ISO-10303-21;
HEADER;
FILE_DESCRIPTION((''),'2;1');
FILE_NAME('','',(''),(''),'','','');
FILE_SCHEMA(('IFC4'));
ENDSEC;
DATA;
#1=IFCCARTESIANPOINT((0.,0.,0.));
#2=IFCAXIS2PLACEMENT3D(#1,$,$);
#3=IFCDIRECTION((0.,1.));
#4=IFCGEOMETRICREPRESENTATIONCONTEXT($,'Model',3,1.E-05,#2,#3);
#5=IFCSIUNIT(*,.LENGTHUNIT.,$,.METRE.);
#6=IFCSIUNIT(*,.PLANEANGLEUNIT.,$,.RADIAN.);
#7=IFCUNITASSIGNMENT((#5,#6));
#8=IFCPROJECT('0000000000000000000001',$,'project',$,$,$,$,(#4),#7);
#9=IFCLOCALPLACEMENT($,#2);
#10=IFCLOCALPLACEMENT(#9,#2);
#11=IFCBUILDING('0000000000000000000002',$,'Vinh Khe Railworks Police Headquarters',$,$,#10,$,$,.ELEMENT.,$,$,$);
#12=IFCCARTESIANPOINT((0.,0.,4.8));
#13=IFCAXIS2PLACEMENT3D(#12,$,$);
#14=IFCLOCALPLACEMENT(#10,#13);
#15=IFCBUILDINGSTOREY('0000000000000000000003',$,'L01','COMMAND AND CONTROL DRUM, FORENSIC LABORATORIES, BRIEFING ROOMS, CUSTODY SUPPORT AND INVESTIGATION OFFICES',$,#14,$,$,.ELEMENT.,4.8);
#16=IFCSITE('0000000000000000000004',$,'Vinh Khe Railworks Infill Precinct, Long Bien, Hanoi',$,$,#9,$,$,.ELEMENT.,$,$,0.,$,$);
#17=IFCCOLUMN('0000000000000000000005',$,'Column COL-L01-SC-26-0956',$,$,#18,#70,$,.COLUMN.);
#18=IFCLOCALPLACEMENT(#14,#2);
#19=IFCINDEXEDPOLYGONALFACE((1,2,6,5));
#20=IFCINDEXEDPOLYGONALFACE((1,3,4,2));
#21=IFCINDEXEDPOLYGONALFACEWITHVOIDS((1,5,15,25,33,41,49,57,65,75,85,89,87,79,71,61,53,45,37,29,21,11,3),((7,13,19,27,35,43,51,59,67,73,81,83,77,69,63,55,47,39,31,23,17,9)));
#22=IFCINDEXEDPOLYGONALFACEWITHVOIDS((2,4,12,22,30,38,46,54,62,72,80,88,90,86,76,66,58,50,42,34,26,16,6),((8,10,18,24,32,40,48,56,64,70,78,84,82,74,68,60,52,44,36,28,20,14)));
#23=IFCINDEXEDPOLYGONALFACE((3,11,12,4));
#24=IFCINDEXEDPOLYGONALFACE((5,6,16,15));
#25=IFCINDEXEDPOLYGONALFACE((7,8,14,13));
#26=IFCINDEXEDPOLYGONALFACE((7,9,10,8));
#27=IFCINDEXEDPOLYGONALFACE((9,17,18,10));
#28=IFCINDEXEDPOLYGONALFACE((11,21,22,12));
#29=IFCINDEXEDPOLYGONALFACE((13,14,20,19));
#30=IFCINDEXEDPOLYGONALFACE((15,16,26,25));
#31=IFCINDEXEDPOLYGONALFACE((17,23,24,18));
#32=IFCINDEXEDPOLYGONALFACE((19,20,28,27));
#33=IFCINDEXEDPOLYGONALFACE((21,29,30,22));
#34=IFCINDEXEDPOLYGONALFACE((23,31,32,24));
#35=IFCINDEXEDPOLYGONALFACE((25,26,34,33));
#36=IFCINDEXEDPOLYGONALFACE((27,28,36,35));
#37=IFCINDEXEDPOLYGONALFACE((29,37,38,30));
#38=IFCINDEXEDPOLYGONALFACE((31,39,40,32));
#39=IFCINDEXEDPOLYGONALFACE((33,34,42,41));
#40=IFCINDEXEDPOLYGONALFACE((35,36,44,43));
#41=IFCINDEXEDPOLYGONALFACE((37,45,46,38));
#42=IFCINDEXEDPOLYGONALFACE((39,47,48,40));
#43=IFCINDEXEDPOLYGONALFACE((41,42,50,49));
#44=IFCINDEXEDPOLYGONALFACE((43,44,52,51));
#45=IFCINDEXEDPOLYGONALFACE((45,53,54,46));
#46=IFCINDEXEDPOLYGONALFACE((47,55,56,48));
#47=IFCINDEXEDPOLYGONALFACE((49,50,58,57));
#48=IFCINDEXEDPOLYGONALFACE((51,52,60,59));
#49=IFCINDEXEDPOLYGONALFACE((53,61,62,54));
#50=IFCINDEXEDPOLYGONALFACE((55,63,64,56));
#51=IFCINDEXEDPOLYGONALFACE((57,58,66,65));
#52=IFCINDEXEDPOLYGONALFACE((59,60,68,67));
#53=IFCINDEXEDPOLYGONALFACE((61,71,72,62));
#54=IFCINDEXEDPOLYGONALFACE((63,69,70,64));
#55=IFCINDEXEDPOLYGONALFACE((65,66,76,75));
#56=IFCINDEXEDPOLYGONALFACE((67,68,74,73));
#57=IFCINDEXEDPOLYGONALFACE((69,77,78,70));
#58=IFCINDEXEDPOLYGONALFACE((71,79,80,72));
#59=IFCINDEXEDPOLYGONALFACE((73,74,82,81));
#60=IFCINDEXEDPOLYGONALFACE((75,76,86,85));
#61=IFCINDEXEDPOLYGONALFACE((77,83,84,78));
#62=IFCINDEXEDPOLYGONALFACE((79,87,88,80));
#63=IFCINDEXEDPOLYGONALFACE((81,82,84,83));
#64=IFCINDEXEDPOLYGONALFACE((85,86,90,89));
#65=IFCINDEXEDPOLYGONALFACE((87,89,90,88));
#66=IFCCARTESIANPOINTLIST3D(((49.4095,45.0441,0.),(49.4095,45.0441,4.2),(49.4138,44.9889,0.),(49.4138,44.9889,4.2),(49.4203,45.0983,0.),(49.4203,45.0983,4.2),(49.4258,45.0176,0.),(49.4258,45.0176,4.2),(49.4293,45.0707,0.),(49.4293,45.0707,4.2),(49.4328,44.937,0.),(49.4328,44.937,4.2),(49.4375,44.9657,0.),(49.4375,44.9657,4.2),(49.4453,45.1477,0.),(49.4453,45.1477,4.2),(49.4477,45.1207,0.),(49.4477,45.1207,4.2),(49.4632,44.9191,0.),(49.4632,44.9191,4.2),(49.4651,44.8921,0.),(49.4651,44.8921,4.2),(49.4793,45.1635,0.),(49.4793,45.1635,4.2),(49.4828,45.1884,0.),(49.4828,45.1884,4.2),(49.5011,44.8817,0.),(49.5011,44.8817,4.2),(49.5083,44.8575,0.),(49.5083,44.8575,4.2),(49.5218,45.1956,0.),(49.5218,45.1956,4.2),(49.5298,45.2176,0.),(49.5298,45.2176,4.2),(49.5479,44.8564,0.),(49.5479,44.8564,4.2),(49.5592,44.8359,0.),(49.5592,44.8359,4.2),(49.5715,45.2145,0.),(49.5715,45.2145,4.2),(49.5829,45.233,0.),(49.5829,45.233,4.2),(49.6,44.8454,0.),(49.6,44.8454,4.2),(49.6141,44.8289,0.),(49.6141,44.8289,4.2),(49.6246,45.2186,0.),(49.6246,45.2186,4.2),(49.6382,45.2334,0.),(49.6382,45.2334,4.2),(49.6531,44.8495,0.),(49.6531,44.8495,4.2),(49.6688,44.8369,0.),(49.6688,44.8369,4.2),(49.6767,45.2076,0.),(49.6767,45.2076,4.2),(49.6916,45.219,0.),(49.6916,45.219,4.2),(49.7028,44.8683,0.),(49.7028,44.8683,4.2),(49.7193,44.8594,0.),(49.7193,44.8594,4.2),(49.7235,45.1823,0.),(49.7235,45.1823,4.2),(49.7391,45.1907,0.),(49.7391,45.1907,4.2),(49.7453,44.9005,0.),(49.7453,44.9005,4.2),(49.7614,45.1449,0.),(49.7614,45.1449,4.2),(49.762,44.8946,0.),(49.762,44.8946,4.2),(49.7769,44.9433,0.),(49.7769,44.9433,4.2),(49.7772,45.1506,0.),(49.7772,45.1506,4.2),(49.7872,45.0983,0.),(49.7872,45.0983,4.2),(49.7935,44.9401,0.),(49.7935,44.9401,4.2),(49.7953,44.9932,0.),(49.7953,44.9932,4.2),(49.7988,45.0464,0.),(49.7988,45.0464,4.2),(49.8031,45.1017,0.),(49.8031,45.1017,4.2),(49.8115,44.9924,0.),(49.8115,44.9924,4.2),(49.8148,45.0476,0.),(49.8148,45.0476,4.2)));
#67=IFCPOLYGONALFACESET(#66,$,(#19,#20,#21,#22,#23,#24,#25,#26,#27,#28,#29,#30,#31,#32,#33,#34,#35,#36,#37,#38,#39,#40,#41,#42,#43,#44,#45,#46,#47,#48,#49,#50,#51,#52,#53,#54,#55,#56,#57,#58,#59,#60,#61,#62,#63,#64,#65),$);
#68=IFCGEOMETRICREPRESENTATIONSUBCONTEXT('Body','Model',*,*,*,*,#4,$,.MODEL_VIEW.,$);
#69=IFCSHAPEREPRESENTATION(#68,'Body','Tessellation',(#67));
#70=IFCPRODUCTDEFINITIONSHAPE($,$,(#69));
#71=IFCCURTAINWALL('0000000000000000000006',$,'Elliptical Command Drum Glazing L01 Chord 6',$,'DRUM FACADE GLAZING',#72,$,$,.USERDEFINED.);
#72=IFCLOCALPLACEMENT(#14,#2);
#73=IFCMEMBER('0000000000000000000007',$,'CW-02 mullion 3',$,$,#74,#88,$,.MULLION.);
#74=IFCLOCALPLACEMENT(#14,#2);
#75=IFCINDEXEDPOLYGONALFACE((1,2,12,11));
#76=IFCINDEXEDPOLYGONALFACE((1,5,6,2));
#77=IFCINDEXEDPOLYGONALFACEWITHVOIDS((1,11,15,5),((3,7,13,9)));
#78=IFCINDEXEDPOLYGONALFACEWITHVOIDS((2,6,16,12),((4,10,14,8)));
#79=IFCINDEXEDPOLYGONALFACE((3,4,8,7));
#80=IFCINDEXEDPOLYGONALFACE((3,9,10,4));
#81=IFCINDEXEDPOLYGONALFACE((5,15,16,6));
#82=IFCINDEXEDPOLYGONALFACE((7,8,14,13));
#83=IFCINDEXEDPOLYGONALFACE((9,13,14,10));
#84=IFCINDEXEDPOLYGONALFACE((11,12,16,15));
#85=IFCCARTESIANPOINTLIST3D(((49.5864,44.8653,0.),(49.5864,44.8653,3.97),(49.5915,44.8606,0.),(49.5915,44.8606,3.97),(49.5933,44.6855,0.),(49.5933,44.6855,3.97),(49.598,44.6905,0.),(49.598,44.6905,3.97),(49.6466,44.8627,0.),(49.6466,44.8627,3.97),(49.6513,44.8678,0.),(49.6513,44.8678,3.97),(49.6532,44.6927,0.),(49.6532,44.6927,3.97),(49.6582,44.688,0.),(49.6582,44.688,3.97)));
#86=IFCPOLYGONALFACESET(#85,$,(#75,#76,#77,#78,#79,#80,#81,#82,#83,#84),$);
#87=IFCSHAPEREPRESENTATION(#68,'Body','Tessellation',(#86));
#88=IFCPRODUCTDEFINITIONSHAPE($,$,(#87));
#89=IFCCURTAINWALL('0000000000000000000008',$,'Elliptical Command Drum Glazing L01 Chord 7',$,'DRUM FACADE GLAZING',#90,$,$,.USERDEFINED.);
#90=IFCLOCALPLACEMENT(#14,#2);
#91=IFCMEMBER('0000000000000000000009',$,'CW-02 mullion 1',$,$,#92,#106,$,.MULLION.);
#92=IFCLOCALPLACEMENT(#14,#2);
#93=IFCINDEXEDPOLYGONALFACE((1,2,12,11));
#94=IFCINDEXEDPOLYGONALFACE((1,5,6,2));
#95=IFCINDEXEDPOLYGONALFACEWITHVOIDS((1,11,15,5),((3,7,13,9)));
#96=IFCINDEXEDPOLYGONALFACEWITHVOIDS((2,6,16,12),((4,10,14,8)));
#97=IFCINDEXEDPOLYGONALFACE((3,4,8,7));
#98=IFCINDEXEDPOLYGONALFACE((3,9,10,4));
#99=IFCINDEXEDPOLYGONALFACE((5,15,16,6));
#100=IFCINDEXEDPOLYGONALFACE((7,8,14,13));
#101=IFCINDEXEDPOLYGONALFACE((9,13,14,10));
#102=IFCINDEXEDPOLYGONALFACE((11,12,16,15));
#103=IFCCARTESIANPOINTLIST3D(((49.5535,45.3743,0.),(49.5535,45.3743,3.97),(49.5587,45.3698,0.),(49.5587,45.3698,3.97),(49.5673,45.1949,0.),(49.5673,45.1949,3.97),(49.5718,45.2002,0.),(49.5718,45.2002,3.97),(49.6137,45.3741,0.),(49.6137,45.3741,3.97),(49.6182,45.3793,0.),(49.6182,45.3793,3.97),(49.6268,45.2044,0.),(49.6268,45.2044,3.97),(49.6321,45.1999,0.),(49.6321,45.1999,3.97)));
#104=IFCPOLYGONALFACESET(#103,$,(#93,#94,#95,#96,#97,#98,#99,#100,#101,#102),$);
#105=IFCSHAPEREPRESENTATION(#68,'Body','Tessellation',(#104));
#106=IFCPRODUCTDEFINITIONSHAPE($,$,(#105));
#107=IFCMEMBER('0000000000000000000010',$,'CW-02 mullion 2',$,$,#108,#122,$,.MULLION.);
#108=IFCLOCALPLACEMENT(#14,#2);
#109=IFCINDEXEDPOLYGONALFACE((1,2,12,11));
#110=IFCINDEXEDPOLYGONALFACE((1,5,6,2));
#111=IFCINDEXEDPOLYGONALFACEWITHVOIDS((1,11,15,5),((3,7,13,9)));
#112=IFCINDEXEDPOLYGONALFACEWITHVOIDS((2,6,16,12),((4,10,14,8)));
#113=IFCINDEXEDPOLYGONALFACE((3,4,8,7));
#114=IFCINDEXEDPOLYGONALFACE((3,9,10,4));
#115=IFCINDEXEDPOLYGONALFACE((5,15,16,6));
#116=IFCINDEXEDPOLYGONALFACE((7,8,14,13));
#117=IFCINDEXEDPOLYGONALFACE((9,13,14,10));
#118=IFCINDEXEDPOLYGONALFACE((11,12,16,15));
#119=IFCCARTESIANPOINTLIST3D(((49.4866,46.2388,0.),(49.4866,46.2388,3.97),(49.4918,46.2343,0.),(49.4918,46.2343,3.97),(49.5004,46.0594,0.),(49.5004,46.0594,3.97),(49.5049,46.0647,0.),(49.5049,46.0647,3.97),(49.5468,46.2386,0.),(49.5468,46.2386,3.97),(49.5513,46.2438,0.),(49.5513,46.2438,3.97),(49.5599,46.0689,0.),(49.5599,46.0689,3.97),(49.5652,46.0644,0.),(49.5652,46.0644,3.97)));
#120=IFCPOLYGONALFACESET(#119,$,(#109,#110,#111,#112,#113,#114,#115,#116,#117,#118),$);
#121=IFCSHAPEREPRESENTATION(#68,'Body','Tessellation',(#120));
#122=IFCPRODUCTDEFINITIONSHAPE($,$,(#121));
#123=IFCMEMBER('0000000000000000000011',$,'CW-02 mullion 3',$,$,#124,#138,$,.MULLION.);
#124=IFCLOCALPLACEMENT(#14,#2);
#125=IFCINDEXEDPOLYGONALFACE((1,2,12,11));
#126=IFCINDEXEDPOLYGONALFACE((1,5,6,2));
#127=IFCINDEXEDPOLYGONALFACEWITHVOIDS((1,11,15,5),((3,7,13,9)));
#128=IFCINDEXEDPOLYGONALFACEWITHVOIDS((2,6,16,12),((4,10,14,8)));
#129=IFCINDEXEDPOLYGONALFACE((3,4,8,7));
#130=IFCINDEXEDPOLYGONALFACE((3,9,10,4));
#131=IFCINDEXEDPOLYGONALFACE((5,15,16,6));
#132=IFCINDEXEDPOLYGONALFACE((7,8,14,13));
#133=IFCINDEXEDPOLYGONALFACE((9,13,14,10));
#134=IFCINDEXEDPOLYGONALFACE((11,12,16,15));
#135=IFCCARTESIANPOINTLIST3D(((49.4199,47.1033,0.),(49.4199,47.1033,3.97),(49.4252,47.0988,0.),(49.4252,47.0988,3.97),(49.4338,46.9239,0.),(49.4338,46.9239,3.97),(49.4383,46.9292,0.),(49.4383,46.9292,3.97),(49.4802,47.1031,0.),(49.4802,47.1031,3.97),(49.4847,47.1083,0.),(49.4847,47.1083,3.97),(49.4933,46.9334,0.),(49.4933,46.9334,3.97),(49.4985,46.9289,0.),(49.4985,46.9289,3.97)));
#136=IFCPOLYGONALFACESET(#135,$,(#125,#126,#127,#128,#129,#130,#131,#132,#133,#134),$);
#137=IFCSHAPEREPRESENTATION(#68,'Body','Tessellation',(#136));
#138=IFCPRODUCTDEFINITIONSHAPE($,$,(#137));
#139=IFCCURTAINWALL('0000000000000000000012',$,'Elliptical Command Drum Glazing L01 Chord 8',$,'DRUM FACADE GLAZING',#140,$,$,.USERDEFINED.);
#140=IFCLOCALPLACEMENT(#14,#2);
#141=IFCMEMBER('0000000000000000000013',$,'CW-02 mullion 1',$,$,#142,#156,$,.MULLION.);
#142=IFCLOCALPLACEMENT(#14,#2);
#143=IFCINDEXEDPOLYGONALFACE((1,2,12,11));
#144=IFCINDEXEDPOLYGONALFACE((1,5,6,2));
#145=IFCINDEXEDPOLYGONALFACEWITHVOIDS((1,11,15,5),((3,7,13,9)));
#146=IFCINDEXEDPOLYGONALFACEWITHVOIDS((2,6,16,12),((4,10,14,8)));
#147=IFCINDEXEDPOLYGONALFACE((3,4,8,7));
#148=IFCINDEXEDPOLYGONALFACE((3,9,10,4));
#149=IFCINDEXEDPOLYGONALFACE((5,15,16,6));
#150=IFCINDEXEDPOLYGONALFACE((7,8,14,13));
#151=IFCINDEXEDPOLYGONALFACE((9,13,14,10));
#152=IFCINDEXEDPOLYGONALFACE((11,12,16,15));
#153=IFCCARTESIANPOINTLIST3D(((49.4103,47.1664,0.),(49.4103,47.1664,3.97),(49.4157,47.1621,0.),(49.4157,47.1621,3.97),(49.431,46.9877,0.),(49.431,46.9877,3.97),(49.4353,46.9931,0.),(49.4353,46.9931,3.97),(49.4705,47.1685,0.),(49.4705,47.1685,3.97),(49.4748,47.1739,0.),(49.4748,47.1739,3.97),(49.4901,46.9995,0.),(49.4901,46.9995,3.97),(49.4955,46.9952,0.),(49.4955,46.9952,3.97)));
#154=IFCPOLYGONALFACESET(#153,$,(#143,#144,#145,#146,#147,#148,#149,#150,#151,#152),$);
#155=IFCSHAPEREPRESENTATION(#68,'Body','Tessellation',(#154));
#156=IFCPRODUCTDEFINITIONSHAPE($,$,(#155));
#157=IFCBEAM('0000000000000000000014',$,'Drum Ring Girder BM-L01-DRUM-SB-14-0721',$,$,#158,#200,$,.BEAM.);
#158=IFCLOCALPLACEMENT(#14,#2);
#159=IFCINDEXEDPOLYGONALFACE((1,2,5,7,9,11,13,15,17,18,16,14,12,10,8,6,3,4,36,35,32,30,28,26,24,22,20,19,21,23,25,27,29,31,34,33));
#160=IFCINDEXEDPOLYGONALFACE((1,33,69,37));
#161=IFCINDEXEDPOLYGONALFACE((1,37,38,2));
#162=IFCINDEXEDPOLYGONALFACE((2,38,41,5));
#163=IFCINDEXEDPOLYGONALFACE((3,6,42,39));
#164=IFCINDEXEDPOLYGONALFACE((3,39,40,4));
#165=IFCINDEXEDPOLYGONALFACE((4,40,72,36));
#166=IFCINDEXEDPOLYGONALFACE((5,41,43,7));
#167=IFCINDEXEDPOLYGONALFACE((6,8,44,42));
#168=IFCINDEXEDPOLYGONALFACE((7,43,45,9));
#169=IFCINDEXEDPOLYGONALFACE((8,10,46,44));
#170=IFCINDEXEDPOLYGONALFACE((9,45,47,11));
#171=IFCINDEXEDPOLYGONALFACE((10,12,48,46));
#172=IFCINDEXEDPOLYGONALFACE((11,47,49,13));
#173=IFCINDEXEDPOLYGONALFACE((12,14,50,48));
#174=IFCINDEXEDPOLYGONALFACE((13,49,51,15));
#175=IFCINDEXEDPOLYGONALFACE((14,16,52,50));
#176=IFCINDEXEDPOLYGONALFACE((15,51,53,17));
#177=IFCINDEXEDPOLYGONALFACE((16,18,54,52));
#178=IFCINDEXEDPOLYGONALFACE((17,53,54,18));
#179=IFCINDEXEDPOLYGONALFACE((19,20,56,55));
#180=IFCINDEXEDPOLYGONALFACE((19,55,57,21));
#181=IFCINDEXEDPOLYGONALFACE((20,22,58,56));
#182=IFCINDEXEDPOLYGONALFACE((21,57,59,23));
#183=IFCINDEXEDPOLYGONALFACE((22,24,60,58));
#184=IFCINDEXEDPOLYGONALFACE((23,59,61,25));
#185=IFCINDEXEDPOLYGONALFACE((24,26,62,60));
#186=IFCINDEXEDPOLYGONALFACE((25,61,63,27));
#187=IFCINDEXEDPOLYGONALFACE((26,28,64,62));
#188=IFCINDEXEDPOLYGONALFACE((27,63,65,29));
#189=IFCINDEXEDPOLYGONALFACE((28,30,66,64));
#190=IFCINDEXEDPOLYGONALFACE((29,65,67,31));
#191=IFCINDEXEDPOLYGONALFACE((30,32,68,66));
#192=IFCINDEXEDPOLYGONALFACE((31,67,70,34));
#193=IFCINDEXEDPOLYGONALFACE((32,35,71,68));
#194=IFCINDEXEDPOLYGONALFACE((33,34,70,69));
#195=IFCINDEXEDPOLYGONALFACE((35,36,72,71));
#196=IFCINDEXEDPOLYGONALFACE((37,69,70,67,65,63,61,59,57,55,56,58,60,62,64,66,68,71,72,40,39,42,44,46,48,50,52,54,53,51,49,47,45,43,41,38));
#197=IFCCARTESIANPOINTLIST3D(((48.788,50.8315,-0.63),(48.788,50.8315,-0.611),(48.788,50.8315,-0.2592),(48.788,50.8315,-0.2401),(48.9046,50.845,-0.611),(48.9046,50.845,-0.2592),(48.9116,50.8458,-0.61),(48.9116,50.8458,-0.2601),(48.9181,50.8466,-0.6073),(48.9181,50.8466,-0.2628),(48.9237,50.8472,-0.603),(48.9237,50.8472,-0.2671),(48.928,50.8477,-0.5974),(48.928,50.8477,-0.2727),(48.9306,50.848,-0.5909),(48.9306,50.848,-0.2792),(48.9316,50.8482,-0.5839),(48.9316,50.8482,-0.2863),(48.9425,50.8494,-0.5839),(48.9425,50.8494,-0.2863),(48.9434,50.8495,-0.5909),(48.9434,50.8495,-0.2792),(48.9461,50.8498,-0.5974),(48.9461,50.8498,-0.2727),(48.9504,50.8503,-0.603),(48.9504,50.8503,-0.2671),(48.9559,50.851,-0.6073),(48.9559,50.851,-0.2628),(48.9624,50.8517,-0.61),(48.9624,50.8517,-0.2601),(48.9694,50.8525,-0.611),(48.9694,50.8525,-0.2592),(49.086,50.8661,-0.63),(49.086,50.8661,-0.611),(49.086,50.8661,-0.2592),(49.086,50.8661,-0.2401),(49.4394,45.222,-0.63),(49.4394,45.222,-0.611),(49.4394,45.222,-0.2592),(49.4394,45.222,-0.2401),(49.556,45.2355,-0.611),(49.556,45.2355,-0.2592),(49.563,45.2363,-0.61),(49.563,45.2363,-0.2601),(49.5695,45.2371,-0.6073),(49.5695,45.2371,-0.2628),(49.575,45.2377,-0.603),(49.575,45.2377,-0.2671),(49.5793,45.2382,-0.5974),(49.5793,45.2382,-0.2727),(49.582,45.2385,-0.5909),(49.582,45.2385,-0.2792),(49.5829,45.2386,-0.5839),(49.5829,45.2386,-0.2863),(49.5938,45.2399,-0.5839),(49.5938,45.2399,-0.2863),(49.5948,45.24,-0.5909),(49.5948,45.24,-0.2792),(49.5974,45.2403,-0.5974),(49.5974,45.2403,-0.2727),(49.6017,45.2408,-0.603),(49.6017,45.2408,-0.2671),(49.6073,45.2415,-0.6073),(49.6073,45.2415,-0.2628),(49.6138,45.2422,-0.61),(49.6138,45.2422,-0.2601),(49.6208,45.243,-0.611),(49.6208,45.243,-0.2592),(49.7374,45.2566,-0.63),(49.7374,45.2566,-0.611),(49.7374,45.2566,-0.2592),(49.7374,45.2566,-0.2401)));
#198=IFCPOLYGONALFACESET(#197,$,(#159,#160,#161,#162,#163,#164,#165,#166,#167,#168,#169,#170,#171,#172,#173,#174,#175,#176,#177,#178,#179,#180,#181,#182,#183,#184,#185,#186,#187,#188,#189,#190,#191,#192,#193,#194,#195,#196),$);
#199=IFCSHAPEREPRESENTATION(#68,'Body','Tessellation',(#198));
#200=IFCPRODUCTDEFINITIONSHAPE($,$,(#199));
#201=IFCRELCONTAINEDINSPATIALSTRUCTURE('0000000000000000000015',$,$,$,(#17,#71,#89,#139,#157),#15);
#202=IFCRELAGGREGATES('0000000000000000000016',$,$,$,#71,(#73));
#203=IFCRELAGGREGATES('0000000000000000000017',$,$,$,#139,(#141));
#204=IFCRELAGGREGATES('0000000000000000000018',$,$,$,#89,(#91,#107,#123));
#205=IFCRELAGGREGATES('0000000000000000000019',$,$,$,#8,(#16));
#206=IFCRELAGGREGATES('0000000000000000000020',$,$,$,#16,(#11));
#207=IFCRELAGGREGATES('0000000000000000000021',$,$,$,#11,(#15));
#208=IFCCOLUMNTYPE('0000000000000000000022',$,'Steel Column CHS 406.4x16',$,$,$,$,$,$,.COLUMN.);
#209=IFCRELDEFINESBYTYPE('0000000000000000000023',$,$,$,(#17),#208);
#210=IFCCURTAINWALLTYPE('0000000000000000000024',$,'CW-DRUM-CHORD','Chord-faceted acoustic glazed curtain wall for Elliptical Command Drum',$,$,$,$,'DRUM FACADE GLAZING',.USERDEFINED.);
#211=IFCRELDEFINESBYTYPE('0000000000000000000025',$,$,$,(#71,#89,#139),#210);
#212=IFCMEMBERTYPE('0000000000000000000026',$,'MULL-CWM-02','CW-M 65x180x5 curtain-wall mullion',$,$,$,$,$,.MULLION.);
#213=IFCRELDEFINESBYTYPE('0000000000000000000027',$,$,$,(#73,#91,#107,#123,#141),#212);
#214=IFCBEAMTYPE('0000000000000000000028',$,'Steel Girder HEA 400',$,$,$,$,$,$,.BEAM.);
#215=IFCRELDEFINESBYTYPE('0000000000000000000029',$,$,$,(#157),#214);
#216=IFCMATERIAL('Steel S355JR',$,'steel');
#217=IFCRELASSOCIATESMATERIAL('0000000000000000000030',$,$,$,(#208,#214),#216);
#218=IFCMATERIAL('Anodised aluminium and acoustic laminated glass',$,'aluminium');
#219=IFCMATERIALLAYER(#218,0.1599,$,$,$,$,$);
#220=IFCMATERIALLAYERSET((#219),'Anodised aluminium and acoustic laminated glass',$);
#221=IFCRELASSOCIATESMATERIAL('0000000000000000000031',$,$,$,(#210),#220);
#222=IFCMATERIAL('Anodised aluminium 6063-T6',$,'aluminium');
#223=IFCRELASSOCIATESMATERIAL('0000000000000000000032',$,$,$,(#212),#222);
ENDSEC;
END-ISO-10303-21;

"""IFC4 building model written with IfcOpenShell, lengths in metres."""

from ifc_helpers import new_model, si_unit, direction, frame, origin, origin_2d, place, context, subcontext, project, spatial, hollow_rectangle, hollow_circle, i_section, extrude, material, layer, layer_set, material_profile, profile_set, type_object, element, aggregate, save


model = new_model("IFC4")

# Units and contexts
model_context = context("Model", 3, precision=1e-05, world=origin(), true_north=direction((0.0, 1.0)))
body_context = subcontext(model_context, "Body", "Model", "MODEL_VIEW")
ifc_project = project(units=[si_unit("LENGTHUNIT", "METRE"), si_unit("PLANEANGLEUNIT", "RADIAN")], contexts=[model_context])

# Site, building, storey
site_placement = place(None, origin())
site = spatial("IfcSite", under=ifc_project, at=site_placement, Name="Vinh Khe Railworks Infill Precinct, Long Bien, Hanoi", CompositionType="ELEMENT", RefElevation=0.0)
building_placement = place(site_placement, origin())
building = spatial("IfcBuilding", under=site, at=building_placement, Name="Vinh Khe Railworks Police Headquarters", CompositionType="ELEMENT")
storey_placement = place(building_placement, frame((0.0, 0.0, 4.8)))
storey = spatial("IfcBuildingStorey", under=building, at=storey_placement, Name="L01", Description="COMMAND AND CONTROL DRUM, FORENSIC LABORATORIES, BRIEFING ROOMS, CUSTODY SUPPORT AND INVESTIGATION OFFICES", CompositionType="ELEMENT", Elevation=4.8)

# Column
ifc_material_1 = material(Name="Steel S355JR", Category="steel")
ifc_material_profile_1 = material_profile(ifc_material_1, hollow_circle(Radius=0.2031, WallThickness=0.0161, at=origin_2d()), Name="CHS 406.4x16")
ifc_profile_set_1 = profile_set([ifc_material_profile_1], Name="Steel S355JR")
column_type = type_object("IfcColumnType", Name="Steel Column CHS 406.4x16", PredefinedType="COLUMN", material=ifc_profile_set_1)
column_placement = place(storey_placement, frame((49.6123, 45.032, 0.0), z_axis=(0.0, 0.0, 1.0), x_axis=(0.997039, 0.076893, 0.0)))
element("IfcColumn", 1, at=column_placement, inside=storey, type_object=column_type, Name="Column COL-L01-SC-26-0956", PredefinedType="COLUMN", context=body_context, shape_type="SweptSolid", body=[
    extrude(hollow_circle(Radius=0.2031, WallThickness=0.0161, at=origin_2d()), origin(), (0.0, 0.0, 1.0), 4.2),
])

# Curtain wall, member
ifc_material_2 = material(Name="Anodised aluminium and acoustic laminated glass", Category="aluminium")
ifc_layer_1 = layer(ifc_material_2, 0.1599)
ifc_layer_set_1 = layer_set([ifc_layer_1], Name="Anodised aluminium and acoustic laminated glass")
curtain_wall_type = type_object("IfcCurtainWallType", Name="CW-DRUM-CHORD", Description="Chord-faceted acoustic glazed curtain wall for Elliptical Command Drum", ElementType="DRUM FACADE GLAZING", PredefinedType="USERDEFINED", material=ifc_layer_set_1)
curtain_wall_1_placement = place(storey_placement, origin())
curtain_wall_1 = element("IfcCurtainWall", 2, at=curtain_wall_1_placement, inside=storey, type_object=curtain_wall_type, Name="Elliptical Command Drum Glazing L01 Chord 6", ObjectType="DRUM FACADE GLAZING", PredefinedType="USERDEFINED")
ifc_material_3 = material(Name="Anodised aluminium 6063-T6", Category="aluminium")
ifc_material_profile_2 = material_profile(ifc_material_3, hollow_rectangle(XDim=0.0649, YDim=0.1799, WallThickness=0.0049, at=origin_2d()), Name="CW-M 65x180x5")
ifc_profile_set_2 = profile_set([ifc_material_profile_2], Name="Anodised aluminium 6063-T6")
member_type_1 = type_object("IfcMemberType", Name="MULL-CWM-02", Description="CW-M 65x180x5 curtain-wall mullion", PredefinedType="MULLION", material=ifc_profile_set_2)
member_1_placement = place(storey_placement, frame((49.6223, 44.7766, 0.0), z_axis=(0.0, 0.0, 1.0), x_axis=(-0.999258, -0.038512, 0.0)))
member_1 = element("IfcMember", 3, at=member_1_placement, type_object=member_type_1, Name="CW-02 mullion 3", PredefinedType="MULLION", context=body_context, shape_type="SweptSolid", body=[
    extrude(hollow_rectangle(XDim=0.0649, YDim=0.1799, WallThickness=0.0049, at=origin_2d()), origin(), (0.0, 0.0, 1.0), 3.97),
])
aggregate(curtain_wall_1, [member_1])

# Curtain wall, members
curtain_wall_2_placement = place(storey_placement, origin())
curtain_wall_2 = element("IfcCurtainWall", 4, at=curtain_wall_2_placement, inside=storey, type_object=curtain_wall_type, Name="Elliptical Command Drum Glazing L01 Chord 7", ObjectType="DRUM FACADE GLAZING", PredefinedType="USERDEFINED")
member_2_placement = place(storey_placement, frame((49.5928, 45.2871, 0.0), z_axis=(0.0, 0.0, 1.0), x_axis=(-0.997033, -0.076972, 0.0)))
member_2 = element("IfcMember", 5, at=member_2_placement, type_object=member_type_1, Name="CW-02 mullion 1", PredefinedType="MULLION", context=body_context, shape_type="SweptSolid", body=[
    extrude(hollow_rectangle(XDim=0.0649, YDim=0.1799, WallThickness=0.0049, at=origin_2d()), origin(), (0.0, 0.0, 1.0), 3.97),
])
member_3_placement = place(storey_placement, frame((49.5259, 46.1516, 0.0), z_axis=(0.0, 0.0, 1.0), x_axis=(-0.997033, -0.076972, 0.0)))
member_3 = element("IfcMember", 6, at=member_3_placement, type_object=member_type_1, Name="CW-02 mullion 2", PredefinedType="MULLION", context=body_context, shape_type="SweptSolid", body=[
    extrude(hollow_rectangle(XDim=0.0649, YDim=0.1799, WallThickness=0.0049, at=origin_2d()), origin(), (0.0, 0.0, 1.0), 3.97),
])
member_4_placement = place(storey_placement, frame((49.4592, 47.0161, 0.0), z_axis=(0.0, 0.0, 1.0), x_axis=(-0.997033, -0.076972, 0.0)))
member_4 = element("IfcMember", 7, at=member_4_placement, type_object=member_type_1, Name="CW-02 mullion 3", PredefinedType="MULLION", context=body_context, shape_type="SweptSolid", body=[
    extrude(hollow_rectangle(XDim=0.0649, YDim=0.1799, WallThickness=0.0049, at=origin_2d()), origin(), (0.0, 0.0, 1.0), 3.97),
])

# Curtain wall, member
curtain_wall_3_placement = place(storey_placement, origin())
curtain_wall_3 = element("IfcCurtainWall", 8, at=curtain_wall_3_placement, inside=storey, type_object=curtain_wall_type, Name="Elliptical Command Drum Glazing L01 Chord 8", ObjectType="DRUM FACADE GLAZING", PredefinedType="USERDEFINED")
member_5_placement = place(storey_placement, frame((49.4529, 47.0808, 0.0), z_axis=(0.0, 0.0, 1.0), x_axis=(-0.993329, -0.115318, 0.0)))
member_5 = element("IfcMember", 9, at=member_5_placement, type_object=member_type_1, Name="CW-02 mullion 1", PredefinedType="MULLION", context=body_context, shape_type="SweptSolid", body=[
    extrude(hollow_rectangle(XDim=0.0649, YDim=0.1799, WallThickness=0.0049, at=origin_2d()), origin(), (0.0, 0.0, 1.0), 3.97),
])

# Beam
ifc_material_profile_3 = material_profile(ifc_material_1, i_section(OverallWidth=0.3, OverallDepth=0.3899, WebThickness=0.011, FlangeThickness=0.019, FilletRadius=0.0271, at=origin_2d()), Name="HEA 400")
ifc_profile_set_3 = profile_set([ifc_material_profile_3], Name="Steel S355JR")
beam_type = type_object("IfcBeamType", Name="Steel Girder HEA 400", PredefinedType="BEAM", material=ifc_profile_set_3)
beam_placement = place(storey_placement, frame((49.5884, 45.2393, -0.4351), z_axis=(-0.115341, 0.993326, 0.0), x_axis=(-0.993326, -0.115341, 0.0)))
element("IfcBeam", 10, at=beam_placement, inside=storey, type_object=beam_type, Name="Drum Ring Girder BM-L01-DRUM-SB-14-0721", PredefinedType="BEAM", context=body_context, shape_type="SweptSolid", body=[
    extrude(i_section(OverallWidth=0.3, OverallDepth=0.3899, WebThickness=0.011, FlangeThickness=0.019, FilletRadius=0.0271, at=origin_2d()), origin(), (0.0, 0.0, 1.0), 5.6472),
])

aggregate(curtain_wall_3, [member_5])

aggregate(curtain_wall_2, [member_2, member_3, member_4])

save(model, "model.ifc")
